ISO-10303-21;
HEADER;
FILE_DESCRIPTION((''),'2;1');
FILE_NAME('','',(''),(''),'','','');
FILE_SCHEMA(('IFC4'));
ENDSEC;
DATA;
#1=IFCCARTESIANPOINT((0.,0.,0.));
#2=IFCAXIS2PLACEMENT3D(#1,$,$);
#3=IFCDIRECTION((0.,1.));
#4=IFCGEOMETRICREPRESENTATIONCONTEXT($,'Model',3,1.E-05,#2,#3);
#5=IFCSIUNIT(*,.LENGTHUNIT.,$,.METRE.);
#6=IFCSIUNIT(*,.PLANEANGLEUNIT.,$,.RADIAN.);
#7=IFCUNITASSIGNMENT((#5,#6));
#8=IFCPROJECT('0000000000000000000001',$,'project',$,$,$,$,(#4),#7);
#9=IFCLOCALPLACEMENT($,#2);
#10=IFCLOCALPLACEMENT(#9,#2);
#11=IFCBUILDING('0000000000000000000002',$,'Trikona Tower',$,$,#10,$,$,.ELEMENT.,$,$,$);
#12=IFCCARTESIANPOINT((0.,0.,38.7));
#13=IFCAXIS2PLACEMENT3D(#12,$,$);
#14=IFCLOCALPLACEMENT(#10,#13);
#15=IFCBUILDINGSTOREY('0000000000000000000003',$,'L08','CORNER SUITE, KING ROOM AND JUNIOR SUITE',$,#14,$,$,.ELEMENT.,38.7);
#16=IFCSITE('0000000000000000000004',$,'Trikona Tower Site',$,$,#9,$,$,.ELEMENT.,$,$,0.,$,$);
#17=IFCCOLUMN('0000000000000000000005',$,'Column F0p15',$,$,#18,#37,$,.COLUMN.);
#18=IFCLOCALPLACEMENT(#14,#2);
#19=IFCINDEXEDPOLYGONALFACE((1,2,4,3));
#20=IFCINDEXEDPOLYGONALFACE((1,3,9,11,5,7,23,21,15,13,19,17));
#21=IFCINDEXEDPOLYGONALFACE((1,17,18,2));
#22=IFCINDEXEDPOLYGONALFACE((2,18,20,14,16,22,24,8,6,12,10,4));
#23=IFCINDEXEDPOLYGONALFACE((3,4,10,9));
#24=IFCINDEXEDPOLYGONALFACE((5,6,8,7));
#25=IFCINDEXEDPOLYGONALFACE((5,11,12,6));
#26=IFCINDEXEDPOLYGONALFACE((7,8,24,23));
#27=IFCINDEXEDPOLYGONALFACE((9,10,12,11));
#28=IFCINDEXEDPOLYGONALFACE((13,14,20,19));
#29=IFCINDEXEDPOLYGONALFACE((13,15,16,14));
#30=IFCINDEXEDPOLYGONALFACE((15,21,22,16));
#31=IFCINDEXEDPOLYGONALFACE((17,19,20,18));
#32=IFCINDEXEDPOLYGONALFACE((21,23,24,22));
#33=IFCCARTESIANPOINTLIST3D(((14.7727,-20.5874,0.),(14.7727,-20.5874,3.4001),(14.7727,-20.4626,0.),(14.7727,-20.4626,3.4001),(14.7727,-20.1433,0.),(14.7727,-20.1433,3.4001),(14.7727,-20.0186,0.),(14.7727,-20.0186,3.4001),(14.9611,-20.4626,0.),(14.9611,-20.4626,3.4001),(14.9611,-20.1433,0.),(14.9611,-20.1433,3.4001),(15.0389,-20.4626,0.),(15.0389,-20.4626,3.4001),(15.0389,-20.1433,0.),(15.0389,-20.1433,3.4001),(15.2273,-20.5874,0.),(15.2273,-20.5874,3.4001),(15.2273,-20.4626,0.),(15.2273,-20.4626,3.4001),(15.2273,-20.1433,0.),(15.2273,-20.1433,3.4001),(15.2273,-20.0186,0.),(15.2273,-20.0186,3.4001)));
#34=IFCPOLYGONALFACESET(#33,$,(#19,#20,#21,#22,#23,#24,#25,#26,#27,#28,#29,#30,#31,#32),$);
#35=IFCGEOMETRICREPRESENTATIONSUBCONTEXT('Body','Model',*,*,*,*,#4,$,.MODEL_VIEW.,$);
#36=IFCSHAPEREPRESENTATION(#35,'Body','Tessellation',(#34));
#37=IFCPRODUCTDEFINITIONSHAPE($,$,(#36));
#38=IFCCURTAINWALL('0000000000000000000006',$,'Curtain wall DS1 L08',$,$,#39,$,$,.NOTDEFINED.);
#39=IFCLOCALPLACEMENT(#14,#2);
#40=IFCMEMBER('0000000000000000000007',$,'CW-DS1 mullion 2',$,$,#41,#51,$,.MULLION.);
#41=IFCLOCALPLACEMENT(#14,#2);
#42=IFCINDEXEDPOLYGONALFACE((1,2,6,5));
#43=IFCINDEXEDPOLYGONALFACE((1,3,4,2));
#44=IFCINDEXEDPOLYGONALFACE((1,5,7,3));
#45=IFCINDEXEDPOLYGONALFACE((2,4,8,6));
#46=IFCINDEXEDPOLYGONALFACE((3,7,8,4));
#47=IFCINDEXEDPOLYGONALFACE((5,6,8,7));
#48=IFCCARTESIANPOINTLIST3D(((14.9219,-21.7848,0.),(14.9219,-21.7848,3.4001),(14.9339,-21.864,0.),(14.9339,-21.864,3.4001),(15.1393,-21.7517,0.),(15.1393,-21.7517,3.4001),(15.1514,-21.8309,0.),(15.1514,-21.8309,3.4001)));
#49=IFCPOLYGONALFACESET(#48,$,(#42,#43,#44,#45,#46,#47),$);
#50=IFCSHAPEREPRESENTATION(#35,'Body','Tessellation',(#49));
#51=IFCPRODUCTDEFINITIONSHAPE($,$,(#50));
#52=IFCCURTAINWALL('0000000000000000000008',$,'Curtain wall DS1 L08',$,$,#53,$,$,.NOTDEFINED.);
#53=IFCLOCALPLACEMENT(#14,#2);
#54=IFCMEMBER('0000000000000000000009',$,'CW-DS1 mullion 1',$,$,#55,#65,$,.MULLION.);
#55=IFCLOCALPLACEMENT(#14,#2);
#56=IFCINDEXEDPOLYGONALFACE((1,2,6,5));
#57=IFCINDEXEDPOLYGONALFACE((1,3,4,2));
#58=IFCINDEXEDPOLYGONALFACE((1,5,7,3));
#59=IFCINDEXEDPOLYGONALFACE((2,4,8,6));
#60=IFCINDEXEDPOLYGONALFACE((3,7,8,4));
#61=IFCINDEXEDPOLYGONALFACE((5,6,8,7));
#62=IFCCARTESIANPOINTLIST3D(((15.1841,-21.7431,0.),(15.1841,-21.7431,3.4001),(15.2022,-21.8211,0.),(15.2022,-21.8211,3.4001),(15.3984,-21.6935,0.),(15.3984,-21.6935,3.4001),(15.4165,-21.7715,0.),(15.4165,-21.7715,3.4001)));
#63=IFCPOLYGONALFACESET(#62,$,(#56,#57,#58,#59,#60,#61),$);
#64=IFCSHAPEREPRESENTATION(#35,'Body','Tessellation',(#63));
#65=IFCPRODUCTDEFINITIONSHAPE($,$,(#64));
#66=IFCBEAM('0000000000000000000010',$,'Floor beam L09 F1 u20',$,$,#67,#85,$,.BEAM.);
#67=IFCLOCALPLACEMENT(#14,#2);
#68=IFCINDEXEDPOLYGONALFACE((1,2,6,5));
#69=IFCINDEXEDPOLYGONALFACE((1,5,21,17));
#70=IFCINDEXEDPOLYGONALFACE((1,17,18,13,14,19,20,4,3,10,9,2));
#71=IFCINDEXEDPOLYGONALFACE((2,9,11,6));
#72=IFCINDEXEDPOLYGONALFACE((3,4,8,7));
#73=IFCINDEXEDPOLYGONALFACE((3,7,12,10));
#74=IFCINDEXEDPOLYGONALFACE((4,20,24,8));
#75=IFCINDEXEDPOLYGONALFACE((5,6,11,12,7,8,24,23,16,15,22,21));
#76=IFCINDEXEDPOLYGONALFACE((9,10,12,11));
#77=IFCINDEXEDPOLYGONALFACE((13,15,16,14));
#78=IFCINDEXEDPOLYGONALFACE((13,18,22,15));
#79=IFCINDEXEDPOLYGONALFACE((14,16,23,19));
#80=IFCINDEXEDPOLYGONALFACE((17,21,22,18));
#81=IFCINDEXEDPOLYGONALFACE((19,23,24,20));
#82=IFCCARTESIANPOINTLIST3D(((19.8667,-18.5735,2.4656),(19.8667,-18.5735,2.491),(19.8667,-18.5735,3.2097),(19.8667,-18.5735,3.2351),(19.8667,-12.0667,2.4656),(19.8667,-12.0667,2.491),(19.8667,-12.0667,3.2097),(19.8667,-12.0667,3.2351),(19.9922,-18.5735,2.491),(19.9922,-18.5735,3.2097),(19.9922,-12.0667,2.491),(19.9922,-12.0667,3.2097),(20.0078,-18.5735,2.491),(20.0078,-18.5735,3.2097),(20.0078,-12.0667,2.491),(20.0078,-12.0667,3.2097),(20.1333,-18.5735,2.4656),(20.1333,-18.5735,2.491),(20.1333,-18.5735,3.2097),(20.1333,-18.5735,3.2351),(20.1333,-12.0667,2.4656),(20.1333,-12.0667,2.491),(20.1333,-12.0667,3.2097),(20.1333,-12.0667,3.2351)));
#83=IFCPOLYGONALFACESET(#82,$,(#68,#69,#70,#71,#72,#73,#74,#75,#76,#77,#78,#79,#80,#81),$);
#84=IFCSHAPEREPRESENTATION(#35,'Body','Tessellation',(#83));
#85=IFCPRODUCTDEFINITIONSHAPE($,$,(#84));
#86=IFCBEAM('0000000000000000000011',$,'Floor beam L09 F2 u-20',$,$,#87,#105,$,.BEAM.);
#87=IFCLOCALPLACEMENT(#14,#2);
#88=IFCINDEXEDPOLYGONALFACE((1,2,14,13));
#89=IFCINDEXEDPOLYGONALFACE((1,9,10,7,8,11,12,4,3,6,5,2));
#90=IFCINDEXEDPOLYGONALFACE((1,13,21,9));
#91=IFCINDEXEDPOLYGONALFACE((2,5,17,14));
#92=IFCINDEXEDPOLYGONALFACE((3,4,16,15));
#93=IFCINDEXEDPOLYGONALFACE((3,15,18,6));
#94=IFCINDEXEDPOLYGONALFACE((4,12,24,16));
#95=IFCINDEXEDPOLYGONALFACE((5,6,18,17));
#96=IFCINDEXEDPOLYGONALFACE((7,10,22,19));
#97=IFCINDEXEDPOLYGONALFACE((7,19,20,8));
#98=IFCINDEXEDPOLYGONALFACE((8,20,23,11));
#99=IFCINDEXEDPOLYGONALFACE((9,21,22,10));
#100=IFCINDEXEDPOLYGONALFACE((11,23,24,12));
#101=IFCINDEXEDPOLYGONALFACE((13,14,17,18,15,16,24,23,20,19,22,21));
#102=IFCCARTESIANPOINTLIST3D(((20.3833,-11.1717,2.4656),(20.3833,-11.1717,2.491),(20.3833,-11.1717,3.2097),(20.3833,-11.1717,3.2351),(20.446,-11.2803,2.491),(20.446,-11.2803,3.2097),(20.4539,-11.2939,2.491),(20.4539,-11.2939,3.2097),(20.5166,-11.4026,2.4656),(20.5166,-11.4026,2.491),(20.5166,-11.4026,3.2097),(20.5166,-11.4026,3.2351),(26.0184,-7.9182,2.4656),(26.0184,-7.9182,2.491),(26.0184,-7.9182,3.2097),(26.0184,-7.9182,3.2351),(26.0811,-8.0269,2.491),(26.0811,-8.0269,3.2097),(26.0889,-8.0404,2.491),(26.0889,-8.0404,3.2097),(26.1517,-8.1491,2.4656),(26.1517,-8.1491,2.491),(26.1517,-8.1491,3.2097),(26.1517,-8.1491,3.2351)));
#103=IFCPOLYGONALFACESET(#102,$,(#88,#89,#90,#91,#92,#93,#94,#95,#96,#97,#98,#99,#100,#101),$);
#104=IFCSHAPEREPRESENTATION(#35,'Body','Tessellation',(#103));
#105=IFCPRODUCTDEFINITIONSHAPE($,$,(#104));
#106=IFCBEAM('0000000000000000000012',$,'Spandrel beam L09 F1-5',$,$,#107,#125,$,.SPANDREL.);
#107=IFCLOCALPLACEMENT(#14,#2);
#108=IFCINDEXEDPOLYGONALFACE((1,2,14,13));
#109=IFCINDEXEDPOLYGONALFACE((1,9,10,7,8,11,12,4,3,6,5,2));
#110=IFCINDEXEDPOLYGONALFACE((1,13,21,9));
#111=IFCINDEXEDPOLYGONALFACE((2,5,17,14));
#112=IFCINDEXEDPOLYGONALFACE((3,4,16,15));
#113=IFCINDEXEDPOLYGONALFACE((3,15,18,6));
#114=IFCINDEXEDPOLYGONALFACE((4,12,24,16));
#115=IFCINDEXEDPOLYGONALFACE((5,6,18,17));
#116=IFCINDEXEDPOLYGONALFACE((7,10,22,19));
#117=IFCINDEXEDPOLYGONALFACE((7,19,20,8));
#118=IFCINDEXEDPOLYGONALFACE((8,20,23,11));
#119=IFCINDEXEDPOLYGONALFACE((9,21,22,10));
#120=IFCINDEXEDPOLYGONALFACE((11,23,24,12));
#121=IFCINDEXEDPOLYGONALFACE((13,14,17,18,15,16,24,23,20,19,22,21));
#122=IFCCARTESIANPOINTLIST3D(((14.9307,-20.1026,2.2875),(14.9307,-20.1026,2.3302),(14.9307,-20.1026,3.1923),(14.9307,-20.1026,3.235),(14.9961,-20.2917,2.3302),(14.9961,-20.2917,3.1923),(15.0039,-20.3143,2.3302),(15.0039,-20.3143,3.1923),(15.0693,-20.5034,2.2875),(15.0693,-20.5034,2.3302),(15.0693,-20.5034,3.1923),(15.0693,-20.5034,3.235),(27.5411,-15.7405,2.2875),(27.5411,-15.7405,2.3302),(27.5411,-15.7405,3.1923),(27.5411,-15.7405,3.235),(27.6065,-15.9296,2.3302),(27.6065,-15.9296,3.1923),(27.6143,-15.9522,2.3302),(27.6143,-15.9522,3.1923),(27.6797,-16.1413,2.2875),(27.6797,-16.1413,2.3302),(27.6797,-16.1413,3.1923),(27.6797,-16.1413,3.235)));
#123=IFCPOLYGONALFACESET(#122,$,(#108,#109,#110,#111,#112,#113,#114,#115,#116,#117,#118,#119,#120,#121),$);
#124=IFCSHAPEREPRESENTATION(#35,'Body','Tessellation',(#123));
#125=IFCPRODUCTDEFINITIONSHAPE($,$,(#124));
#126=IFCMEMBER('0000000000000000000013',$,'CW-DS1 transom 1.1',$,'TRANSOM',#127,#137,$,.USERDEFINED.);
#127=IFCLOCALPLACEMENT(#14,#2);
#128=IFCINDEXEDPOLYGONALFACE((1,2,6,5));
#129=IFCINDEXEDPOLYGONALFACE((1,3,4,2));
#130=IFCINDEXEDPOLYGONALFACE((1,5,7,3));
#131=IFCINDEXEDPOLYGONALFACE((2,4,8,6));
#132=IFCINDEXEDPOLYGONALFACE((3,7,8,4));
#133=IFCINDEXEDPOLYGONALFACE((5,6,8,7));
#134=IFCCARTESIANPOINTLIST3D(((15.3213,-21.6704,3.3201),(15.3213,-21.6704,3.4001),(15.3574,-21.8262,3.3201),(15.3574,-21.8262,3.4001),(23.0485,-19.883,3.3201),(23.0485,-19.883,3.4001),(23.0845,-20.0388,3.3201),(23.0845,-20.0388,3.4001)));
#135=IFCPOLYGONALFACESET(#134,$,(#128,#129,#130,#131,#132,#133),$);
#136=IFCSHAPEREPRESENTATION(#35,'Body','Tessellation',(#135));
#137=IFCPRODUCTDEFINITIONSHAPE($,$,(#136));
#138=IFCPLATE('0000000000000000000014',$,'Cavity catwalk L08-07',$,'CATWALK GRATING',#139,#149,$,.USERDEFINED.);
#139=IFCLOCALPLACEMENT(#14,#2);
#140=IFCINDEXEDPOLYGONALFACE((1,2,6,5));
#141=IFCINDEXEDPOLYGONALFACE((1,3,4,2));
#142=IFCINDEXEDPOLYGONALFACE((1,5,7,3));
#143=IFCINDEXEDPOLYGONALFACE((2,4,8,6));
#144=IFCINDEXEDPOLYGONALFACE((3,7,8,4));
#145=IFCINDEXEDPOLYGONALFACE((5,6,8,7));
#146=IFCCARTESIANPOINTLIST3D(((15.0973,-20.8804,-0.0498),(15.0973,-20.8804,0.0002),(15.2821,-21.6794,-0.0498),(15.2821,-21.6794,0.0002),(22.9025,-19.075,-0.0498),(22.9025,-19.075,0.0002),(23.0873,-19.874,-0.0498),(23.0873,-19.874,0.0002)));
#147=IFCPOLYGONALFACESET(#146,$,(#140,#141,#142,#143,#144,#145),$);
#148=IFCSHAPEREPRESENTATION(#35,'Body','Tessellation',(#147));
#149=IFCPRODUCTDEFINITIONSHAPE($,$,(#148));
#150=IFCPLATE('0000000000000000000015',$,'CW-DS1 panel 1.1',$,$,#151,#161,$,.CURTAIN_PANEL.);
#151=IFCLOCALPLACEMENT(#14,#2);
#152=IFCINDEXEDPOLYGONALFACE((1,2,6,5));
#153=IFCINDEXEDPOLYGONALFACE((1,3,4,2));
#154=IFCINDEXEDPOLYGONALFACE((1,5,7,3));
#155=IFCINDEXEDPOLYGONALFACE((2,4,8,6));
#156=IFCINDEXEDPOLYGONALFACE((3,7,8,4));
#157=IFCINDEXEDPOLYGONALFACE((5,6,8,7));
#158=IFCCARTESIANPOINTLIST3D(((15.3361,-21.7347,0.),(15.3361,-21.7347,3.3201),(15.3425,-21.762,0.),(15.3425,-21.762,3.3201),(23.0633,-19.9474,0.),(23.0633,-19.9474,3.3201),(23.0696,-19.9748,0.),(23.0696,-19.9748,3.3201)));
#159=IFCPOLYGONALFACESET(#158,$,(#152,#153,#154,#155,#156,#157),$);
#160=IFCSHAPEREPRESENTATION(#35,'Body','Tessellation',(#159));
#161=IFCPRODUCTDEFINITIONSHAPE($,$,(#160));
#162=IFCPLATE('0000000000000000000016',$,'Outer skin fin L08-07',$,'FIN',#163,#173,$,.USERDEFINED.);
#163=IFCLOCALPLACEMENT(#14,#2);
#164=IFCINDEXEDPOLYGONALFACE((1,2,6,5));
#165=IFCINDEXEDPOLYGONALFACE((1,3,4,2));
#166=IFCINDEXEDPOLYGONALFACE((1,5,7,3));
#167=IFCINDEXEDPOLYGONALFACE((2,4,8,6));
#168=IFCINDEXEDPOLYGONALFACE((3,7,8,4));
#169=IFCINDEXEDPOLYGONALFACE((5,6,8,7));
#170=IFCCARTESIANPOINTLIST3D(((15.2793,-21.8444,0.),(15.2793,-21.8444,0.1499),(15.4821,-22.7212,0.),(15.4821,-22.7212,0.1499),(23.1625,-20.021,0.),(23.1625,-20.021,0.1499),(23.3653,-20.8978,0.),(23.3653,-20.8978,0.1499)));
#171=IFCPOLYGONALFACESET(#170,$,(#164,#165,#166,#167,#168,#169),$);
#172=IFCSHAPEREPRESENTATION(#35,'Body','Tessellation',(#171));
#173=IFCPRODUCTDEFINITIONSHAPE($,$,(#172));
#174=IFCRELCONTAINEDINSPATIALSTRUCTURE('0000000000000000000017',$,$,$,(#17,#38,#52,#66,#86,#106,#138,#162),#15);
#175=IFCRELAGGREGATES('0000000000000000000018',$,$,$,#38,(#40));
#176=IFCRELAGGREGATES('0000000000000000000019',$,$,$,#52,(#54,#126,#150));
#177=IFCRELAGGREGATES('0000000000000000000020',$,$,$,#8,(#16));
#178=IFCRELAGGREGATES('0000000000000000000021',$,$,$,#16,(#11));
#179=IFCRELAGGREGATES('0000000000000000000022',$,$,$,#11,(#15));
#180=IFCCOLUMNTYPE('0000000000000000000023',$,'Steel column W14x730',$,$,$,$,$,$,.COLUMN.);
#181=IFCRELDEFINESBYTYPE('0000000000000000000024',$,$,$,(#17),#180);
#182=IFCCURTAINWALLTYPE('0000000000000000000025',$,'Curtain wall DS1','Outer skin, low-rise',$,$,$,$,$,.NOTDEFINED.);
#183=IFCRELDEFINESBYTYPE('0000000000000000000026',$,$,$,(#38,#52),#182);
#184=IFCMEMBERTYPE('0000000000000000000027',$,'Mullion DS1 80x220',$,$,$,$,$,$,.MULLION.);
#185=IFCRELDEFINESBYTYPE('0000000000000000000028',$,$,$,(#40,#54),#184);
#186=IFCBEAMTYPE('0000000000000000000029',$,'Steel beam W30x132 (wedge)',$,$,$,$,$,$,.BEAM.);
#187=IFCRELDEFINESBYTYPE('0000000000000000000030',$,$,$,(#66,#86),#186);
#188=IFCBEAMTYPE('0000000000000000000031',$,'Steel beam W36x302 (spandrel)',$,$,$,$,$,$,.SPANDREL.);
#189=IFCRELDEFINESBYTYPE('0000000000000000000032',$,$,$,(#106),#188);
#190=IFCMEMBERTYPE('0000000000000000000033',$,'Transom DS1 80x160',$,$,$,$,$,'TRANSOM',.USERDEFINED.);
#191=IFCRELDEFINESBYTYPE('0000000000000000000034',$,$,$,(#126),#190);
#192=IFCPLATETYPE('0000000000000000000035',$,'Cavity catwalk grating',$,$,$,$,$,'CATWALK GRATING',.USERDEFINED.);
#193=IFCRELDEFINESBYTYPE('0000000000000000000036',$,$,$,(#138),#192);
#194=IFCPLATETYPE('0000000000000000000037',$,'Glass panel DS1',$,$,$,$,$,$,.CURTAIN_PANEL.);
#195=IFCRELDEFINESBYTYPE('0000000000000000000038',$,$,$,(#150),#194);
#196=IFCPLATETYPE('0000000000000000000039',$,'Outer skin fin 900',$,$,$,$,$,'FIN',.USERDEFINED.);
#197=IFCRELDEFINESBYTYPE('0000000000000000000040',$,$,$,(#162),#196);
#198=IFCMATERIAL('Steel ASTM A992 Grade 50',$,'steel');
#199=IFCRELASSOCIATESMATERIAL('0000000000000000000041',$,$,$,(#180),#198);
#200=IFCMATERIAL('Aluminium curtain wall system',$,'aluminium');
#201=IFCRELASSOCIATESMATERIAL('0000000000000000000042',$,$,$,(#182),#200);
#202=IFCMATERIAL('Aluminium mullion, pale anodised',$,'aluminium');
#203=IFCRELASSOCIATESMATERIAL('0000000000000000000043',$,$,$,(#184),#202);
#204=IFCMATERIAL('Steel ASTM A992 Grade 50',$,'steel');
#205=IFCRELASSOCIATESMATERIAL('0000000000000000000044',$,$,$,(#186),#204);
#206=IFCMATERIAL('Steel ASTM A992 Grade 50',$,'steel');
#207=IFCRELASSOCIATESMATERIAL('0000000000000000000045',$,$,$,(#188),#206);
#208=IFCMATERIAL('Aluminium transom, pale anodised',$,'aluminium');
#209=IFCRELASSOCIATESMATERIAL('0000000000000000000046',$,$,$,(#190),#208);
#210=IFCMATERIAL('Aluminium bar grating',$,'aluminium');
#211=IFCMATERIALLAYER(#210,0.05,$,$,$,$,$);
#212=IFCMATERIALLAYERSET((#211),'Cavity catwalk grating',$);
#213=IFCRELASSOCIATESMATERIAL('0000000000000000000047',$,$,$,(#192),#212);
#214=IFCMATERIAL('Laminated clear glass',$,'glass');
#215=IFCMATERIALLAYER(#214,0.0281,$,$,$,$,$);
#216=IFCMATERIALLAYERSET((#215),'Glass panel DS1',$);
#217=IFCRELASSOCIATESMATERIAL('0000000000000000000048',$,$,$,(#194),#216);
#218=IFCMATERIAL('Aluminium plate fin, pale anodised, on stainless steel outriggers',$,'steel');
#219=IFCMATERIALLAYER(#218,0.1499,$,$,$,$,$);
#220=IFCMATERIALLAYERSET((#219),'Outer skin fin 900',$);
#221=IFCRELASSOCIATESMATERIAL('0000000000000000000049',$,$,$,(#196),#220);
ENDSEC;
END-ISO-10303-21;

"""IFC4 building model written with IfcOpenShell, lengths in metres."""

from ifc_helpers import new_model, si_unit, direction, frame, origin, origin_2d, place, context, subcontext, project, spatial, rectangle, i_section, extrude, material, layer, layer_set, material_profile, profile_set, type_object, element, aggregate, save


model = new_model("IFC4")

# Units and contexts
model_context = context("Model", 3, precision=1e-05, world=origin(), true_north=direction((0.0, 1.0)))
body_context = subcontext(model_context, "Body", "Model", "MODEL_VIEW")
ifc_project = project(units=[si_unit("LENGTHUNIT", "METRE"), si_unit("PLANEANGLEUNIT", "RADIAN")], contexts=[model_context])

# Site, building, storey
site_placement = place(None, origin())
site = spatial("IfcSite", under=ifc_project, at=site_placement, Name="Trikona Tower Site", CompositionType="ELEMENT", RefElevation=0.0)
building_placement = place(site_placement, origin())
building = spatial("IfcBuilding", under=site, at=building_placement, Name="Trikona Tower", CompositionType="ELEMENT")
storey_placement = place(building_placement, frame((0.0, 0.0, 38.7)))
storey = spatial("IfcBuildingStorey", under=building, at=storey_placement, Name="L08", Description="CORNER SUITE, KING ROOM AND JUNIOR SUITE", CompositionType="ELEMENT", Elevation=38.7)

# Column
ifc_material_1 = material(Name="Steel ASTM A992 Grade 50", Category="steel")
ifc_material_profile_1 = material_profile(ifc_material_1, i_section(OverallWidth=0.4546, OverallDepth=0.5688, WebThickness=0.0779, FlangeThickness=0.1248, at=origin_2d()), Name="W14X730")
ifc_profile_set_1 = profile_set([ifc_material_profile_1], Name="Steel ASTM A992 Grade 50")
column_type = type_object("IfcColumnType", Name="Steel column W14x730", PredefinedType="COLUMN", material=ifc_profile_set_1)
column_placement = place(storey_placement, frame((15.0, -20.303, 0.0), z_axis=(0.0, 0.0, 1.0), x_axis=(1.0, 0.0, 0.0)))
element("IfcColumn", 1, at=column_placement, inside=storey, type_object=column_type, Name="Column F0p15", PredefinedType="COLUMN", context=body_context, shape_type="SweptSolid", body=[
    extrude(i_section(OverallWidth=0.4546, OverallDepth=0.5688, WebThickness=0.0779, FlangeThickness=0.1248, at=origin_2d()), origin(), (0.0, 0.0, 1.0), 3.4001),
])

# Curtain walls, members
ifc_material_2 = material(Name="Aluminium curtain wall system", Category="aluminium")
curtain_wall_type = type_object("IfcCurtainWallType", Name="Curtain wall DS1", Description="Outer skin, low-rise", PredefinedType="NOTDEFINED", material=ifc_material_2)
curtain_wall_1_placement = place(storey_placement, origin())
curtain_wall_1 = element("IfcCurtainWall", 2, at=curtain_wall_1_placement, inside=storey, type_object=curtain_wall_type, Name="Curtain wall DS1 L08", PredefinedType="NOTDEFINED")
ifc_material_3 = material(Name="Aluminium mullion, pale anodised", Category="aluminium")
ifc_material_profile_2 = material_profile(ifc_material_3, rectangle(XDim=0.0801, YDim=0.22, at=origin_2d()), Name="MUL-DS1")
ifc_profile_set_2 = profile_set([ifc_material_profile_2], Name="Aluminium mullion, pale anodised")
member_type_1 = type_object("IfcMemberType", Name="Mullion DS1 80x220", PredefinedType="MULLION", material=ifc_profile_set_2)
member_1_placement = place(storey_placement, frame((15.0366, -21.8079, 0.0), z_axis=(0.0, 0.0, 1.0), x_axis=(-0.150438, 0.988619, 0.0)))
member_1 = element("IfcMember", 3, at=member_1_placement, type_object=member_type_1, Name="CW-DS1 mullion 2", PredefinedType="MULLION", context=body_context, shape_type="SweptSolid", body=[
    extrude(rectangle(XDim=0.0801, YDim=0.22, at=origin_2d()), origin(), (0.0, 0.0, 1.0), 3.4001),
])
aggregate(curtain_wall_1, [member_1])
curtain_wall_2_placement = place(storey_placement, origin())
curtain_wall_2 = element("IfcCurtainWall", 4, at=curtain_wall_2_placement, inside=storey, type_object=curtain_wall_type, Name="Curtain wall DS1 L08", PredefinedType="NOTDEFINED")
member_2_placement = place(storey_placement, frame((15.3003, -21.7573, 0.0), z_axis=(0.0, 0.0, 1.0), x_axis=(-0.225343, 0.974279, 0.0)))
member_2 = element("IfcMember", 5, at=member_2_placement, type_object=member_type_1, Name="CW-DS1 mullion 1", PredefinedType="MULLION", context=body_context, shape_type="SweptSolid", body=[
    extrude(rectangle(XDim=0.0801, YDim=0.22, at=origin_2d()), origin(), (0.0, 0.0, 1.0), 3.4001),
])

# Beams
ifc_material_4 = material(Name="Steel ASTM A992 Grade 50", Category="steel")
ifc_material_profile_3 = material_profile(ifc_material_4, i_section(OverallWidth=0.2666, OverallDepth=0.7695, WebThickness=0.0156, FlangeThickness=0.0254, at=origin_2d()), Name="W30X132")
ifc_profile_set_3 = profile_set([ifc_material_profile_3], Name="Steel ASTM A992 Grade 50")
beam_type_1 = type_object("IfcBeamType", Name="Steel beam W30x132 (wedge)", PredefinedType="BEAM", material=ifc_profile_set_3)
for number, where, z_axis, x_axis, name in (
    (6, (20.0, -12.0667, 2.8503), (0.0, -1.0, 0.0), (1.0, 0.0, 0.0), "Floor beam L09 F1 u20"),
    (7, (20.45, -11.2871, 2.8503), (0.866023, 0.500005, 0.0), (-0.500005, 0.866023, 0.0), "Floor beam L09 F2 u-20"),
):
    element("IfcBeam", number, at=place(storey_placement, frame(where, z_axis=z_axis, x_axis=x_axis)), inside=storey, type_object=beam_type_1, Name=name, PredefinedType="BEAM", context=body_context, shape_type="SweptSolid", body=[
        extrude(i_section(OverallWidth=0.2666, OverallDepth=0.7695, WebThickness=0.0156, FlangeThickness=0.0254, at=origin_2d()), origin(), (0.0, 0.0, 1.0), 6.5068),
    ])
ifc_material_5 = material(Name="Steel ASTM A992 Grade 50", Category="steel")
ifc_material_profile_4 = material_profile(ifc_material_5, i_section(OverallWidth=0.4241, OverallDepth=0.9475, WebThickness=0.0239, FlangeThickness=0.0427, at=origin_2d()), Name="W36X302")
ifc_profile_set_4 = profile_set([ifc_material_profile_4], Name="Steel ASTM A992 Grade 50")
beam_type_2 = type_object("IfcBeamType", Name="Steel beam W36x302 (spandrel)", PredefinedType="SPANDREL", material=ifc_profile_set_4)
beam_placement = place(storey_placement, frame((15.0, -20.303, 2.7612), z_axis=(0.945057, 0.326906, 0.0), x_axis=(-0.326906, 0.945057, 0.0)))
element("IfcBeam", 8, at=beam_placement, inside=storey, type_object=beam_type_2, Name="Spandrel beam L09 F1-5", PredefinedType="SPANDREL", context=body_context, shape_type="SweptSolid", body=[
    extrude(i_section(OverallWidth=0.4241, OverallDepth=0.9475, WebThickness=0.0239, FlangeThickness=0.0427, at=origin_2d()), origin(), (0.0, 0.0, 1.0), 13.3435),
])

# Member
ifc_material_6 = material(Name="Aluminium transom, pale anodised", Category="aluminium")
ifc_material_profile_5 = material_profile(ifc_material_6, rectangle(XDim=0.1599, YDim=0.0801, at=origin_2d()), Name="TRN-DS1")
ifc_profile_set_5 = profile_set([ifc_material_profile_5], Name="Aluminium transom, pale anodised")
member_type_2 = type_object("IfcMemberType", Name="Transom DS1 80x160", ElementType="TRANSOM", PredefinedType="USERDEFINED", material=ifc_profile_set_5)
member_3_placement = place(storey_placement, frame((15.3394, -21.7483, 3.3601), z_axis=(0.974275, 0.225361, 0.0), x_axis=(-0.225361, 0.974275, 0.0)))
member_3 = element("IfcMember", 9, at=member_3_placement, type_object=member_type_2, Name="CW-DS1 transom 1.1", ObjectType="TRANSOM", PredefinedType="USERDEFINED", context=body_context, shape_type="SweptSolid", body=[
    extrude(rectangle(XDim=0.1599, YDim=0.0801, at=origin_2d()), origin(), (0.0, 0.0, 1.0), 7.9312),
])

# Plates
ifc_material_7 = material(Name="Aluminium bar grating", Category="aluminium")
ifc_layer_1 = layer(ifc_material_7, 0.05)
ifc_layer_set_1 = layer_set([ifc_layer_1], Name="Cavity catwalk grating")
plate_type_1 = type_object("IfcPlateType", Name="Cavity catwalk grating", ElementType="CATWALK GRATING", PredefinedType="USERDEFINED", material=ifc_layer_set_1)
plate_1_placement = place(storey_placement, frame((19.0923, -20.3772, -0.0498), z_axis=(0.0, 0.0, 1.0), x_axis=(0.974278, 0.225351, 0.0)))
element("IfcPlate", 10, at=plate_1_placement, inside=storey, type_object=plate_type_1, Name="Cavity catwalk L08-07", ObjectType="CATWALK GRATING", PredefinedType="USERDEFINED", context=body_context, shape_type="SweptSolid", body=[
    extrude(rectangle(XDim=8.0112, YDim=0.8201, at=origin_2d()), origin(), (0.0, 0.0, 1.0), 0.05),
])
ifc_material_8 = material(Name="Laminated clear glass", Category="glass")
ifc_layer_2 = layer(ifc_material_8, 0.0281)
ifc_layer_set_2 = layer_set([ifc_layer_2], Name="Glass panel DS1")
plate_type_2 = type_object("IfcPlateType", Name="Glass panel DS1", PredefinedType="CURTAIN_PANEL", material=ifc_layer_set_2)
plate_2_placement = place(storey_placement, frame((19.2029, -20.8547, 0.0), z_axis=(0.0, 0.0, 1.0), x_axis=(0.974279, 0.225343, 0.0)))
plate_2 = element("IfcPlate", 11, at=plate_2_placement, type_object=plate_type_2, Name="CW-DS1 panel 1.1", PredefinedType="CURTAIN_PANEL", context=body_context, shape_type="SweptSolid", body=[
    extrude(rectangle(XDim=7.9312, YDim=0.0281, at=origin_2d()), origin(), (0.0, 0.0, 1.0), 3.3201),
])
aggregate(curtain_wall_2, [member_2, member_3, plate_2])
ifc_material_9 = material(Name="Aluminium plate fin, pale anodised, on stainless steel outriggers", Category="steel")
ifc_layer_3 = layer(ifc_material_9, 0.1499)
ifc_layer_set_3 = layer_set([ifc_layer_3], Name="Outer skin fin 900")
plate_type_3 = type_object("IfcPlateType", Name="Outer skin fin 900", ElementType="FIN", PredefinedType="USERDEFINED", material=ifc_layer_set_3)
plate_3_placement = place(storey_placement, frame((19.3223, -21.3711, 0.0), z_axis=(0.0, 0.0, 1.0), x_axis=(0.974278, 0.225351, 0.0)))
element("IfcPlate", 12, at=plate_3_placement, inside=storey, type_object=plate_type_3, Name="Outer skin fin L08-07", ObjectType="FIN", PredefinedType="USERDEFINED", context=body_context, shape_type="SweptSolid", body=[
    extrude(rectangle(XDim=8.0913, YDim=0.8999, at=origin_2d()), origin(), (0.0, 0.0, 1.0), 0.1499),
])

save(model, "model.ifc")
